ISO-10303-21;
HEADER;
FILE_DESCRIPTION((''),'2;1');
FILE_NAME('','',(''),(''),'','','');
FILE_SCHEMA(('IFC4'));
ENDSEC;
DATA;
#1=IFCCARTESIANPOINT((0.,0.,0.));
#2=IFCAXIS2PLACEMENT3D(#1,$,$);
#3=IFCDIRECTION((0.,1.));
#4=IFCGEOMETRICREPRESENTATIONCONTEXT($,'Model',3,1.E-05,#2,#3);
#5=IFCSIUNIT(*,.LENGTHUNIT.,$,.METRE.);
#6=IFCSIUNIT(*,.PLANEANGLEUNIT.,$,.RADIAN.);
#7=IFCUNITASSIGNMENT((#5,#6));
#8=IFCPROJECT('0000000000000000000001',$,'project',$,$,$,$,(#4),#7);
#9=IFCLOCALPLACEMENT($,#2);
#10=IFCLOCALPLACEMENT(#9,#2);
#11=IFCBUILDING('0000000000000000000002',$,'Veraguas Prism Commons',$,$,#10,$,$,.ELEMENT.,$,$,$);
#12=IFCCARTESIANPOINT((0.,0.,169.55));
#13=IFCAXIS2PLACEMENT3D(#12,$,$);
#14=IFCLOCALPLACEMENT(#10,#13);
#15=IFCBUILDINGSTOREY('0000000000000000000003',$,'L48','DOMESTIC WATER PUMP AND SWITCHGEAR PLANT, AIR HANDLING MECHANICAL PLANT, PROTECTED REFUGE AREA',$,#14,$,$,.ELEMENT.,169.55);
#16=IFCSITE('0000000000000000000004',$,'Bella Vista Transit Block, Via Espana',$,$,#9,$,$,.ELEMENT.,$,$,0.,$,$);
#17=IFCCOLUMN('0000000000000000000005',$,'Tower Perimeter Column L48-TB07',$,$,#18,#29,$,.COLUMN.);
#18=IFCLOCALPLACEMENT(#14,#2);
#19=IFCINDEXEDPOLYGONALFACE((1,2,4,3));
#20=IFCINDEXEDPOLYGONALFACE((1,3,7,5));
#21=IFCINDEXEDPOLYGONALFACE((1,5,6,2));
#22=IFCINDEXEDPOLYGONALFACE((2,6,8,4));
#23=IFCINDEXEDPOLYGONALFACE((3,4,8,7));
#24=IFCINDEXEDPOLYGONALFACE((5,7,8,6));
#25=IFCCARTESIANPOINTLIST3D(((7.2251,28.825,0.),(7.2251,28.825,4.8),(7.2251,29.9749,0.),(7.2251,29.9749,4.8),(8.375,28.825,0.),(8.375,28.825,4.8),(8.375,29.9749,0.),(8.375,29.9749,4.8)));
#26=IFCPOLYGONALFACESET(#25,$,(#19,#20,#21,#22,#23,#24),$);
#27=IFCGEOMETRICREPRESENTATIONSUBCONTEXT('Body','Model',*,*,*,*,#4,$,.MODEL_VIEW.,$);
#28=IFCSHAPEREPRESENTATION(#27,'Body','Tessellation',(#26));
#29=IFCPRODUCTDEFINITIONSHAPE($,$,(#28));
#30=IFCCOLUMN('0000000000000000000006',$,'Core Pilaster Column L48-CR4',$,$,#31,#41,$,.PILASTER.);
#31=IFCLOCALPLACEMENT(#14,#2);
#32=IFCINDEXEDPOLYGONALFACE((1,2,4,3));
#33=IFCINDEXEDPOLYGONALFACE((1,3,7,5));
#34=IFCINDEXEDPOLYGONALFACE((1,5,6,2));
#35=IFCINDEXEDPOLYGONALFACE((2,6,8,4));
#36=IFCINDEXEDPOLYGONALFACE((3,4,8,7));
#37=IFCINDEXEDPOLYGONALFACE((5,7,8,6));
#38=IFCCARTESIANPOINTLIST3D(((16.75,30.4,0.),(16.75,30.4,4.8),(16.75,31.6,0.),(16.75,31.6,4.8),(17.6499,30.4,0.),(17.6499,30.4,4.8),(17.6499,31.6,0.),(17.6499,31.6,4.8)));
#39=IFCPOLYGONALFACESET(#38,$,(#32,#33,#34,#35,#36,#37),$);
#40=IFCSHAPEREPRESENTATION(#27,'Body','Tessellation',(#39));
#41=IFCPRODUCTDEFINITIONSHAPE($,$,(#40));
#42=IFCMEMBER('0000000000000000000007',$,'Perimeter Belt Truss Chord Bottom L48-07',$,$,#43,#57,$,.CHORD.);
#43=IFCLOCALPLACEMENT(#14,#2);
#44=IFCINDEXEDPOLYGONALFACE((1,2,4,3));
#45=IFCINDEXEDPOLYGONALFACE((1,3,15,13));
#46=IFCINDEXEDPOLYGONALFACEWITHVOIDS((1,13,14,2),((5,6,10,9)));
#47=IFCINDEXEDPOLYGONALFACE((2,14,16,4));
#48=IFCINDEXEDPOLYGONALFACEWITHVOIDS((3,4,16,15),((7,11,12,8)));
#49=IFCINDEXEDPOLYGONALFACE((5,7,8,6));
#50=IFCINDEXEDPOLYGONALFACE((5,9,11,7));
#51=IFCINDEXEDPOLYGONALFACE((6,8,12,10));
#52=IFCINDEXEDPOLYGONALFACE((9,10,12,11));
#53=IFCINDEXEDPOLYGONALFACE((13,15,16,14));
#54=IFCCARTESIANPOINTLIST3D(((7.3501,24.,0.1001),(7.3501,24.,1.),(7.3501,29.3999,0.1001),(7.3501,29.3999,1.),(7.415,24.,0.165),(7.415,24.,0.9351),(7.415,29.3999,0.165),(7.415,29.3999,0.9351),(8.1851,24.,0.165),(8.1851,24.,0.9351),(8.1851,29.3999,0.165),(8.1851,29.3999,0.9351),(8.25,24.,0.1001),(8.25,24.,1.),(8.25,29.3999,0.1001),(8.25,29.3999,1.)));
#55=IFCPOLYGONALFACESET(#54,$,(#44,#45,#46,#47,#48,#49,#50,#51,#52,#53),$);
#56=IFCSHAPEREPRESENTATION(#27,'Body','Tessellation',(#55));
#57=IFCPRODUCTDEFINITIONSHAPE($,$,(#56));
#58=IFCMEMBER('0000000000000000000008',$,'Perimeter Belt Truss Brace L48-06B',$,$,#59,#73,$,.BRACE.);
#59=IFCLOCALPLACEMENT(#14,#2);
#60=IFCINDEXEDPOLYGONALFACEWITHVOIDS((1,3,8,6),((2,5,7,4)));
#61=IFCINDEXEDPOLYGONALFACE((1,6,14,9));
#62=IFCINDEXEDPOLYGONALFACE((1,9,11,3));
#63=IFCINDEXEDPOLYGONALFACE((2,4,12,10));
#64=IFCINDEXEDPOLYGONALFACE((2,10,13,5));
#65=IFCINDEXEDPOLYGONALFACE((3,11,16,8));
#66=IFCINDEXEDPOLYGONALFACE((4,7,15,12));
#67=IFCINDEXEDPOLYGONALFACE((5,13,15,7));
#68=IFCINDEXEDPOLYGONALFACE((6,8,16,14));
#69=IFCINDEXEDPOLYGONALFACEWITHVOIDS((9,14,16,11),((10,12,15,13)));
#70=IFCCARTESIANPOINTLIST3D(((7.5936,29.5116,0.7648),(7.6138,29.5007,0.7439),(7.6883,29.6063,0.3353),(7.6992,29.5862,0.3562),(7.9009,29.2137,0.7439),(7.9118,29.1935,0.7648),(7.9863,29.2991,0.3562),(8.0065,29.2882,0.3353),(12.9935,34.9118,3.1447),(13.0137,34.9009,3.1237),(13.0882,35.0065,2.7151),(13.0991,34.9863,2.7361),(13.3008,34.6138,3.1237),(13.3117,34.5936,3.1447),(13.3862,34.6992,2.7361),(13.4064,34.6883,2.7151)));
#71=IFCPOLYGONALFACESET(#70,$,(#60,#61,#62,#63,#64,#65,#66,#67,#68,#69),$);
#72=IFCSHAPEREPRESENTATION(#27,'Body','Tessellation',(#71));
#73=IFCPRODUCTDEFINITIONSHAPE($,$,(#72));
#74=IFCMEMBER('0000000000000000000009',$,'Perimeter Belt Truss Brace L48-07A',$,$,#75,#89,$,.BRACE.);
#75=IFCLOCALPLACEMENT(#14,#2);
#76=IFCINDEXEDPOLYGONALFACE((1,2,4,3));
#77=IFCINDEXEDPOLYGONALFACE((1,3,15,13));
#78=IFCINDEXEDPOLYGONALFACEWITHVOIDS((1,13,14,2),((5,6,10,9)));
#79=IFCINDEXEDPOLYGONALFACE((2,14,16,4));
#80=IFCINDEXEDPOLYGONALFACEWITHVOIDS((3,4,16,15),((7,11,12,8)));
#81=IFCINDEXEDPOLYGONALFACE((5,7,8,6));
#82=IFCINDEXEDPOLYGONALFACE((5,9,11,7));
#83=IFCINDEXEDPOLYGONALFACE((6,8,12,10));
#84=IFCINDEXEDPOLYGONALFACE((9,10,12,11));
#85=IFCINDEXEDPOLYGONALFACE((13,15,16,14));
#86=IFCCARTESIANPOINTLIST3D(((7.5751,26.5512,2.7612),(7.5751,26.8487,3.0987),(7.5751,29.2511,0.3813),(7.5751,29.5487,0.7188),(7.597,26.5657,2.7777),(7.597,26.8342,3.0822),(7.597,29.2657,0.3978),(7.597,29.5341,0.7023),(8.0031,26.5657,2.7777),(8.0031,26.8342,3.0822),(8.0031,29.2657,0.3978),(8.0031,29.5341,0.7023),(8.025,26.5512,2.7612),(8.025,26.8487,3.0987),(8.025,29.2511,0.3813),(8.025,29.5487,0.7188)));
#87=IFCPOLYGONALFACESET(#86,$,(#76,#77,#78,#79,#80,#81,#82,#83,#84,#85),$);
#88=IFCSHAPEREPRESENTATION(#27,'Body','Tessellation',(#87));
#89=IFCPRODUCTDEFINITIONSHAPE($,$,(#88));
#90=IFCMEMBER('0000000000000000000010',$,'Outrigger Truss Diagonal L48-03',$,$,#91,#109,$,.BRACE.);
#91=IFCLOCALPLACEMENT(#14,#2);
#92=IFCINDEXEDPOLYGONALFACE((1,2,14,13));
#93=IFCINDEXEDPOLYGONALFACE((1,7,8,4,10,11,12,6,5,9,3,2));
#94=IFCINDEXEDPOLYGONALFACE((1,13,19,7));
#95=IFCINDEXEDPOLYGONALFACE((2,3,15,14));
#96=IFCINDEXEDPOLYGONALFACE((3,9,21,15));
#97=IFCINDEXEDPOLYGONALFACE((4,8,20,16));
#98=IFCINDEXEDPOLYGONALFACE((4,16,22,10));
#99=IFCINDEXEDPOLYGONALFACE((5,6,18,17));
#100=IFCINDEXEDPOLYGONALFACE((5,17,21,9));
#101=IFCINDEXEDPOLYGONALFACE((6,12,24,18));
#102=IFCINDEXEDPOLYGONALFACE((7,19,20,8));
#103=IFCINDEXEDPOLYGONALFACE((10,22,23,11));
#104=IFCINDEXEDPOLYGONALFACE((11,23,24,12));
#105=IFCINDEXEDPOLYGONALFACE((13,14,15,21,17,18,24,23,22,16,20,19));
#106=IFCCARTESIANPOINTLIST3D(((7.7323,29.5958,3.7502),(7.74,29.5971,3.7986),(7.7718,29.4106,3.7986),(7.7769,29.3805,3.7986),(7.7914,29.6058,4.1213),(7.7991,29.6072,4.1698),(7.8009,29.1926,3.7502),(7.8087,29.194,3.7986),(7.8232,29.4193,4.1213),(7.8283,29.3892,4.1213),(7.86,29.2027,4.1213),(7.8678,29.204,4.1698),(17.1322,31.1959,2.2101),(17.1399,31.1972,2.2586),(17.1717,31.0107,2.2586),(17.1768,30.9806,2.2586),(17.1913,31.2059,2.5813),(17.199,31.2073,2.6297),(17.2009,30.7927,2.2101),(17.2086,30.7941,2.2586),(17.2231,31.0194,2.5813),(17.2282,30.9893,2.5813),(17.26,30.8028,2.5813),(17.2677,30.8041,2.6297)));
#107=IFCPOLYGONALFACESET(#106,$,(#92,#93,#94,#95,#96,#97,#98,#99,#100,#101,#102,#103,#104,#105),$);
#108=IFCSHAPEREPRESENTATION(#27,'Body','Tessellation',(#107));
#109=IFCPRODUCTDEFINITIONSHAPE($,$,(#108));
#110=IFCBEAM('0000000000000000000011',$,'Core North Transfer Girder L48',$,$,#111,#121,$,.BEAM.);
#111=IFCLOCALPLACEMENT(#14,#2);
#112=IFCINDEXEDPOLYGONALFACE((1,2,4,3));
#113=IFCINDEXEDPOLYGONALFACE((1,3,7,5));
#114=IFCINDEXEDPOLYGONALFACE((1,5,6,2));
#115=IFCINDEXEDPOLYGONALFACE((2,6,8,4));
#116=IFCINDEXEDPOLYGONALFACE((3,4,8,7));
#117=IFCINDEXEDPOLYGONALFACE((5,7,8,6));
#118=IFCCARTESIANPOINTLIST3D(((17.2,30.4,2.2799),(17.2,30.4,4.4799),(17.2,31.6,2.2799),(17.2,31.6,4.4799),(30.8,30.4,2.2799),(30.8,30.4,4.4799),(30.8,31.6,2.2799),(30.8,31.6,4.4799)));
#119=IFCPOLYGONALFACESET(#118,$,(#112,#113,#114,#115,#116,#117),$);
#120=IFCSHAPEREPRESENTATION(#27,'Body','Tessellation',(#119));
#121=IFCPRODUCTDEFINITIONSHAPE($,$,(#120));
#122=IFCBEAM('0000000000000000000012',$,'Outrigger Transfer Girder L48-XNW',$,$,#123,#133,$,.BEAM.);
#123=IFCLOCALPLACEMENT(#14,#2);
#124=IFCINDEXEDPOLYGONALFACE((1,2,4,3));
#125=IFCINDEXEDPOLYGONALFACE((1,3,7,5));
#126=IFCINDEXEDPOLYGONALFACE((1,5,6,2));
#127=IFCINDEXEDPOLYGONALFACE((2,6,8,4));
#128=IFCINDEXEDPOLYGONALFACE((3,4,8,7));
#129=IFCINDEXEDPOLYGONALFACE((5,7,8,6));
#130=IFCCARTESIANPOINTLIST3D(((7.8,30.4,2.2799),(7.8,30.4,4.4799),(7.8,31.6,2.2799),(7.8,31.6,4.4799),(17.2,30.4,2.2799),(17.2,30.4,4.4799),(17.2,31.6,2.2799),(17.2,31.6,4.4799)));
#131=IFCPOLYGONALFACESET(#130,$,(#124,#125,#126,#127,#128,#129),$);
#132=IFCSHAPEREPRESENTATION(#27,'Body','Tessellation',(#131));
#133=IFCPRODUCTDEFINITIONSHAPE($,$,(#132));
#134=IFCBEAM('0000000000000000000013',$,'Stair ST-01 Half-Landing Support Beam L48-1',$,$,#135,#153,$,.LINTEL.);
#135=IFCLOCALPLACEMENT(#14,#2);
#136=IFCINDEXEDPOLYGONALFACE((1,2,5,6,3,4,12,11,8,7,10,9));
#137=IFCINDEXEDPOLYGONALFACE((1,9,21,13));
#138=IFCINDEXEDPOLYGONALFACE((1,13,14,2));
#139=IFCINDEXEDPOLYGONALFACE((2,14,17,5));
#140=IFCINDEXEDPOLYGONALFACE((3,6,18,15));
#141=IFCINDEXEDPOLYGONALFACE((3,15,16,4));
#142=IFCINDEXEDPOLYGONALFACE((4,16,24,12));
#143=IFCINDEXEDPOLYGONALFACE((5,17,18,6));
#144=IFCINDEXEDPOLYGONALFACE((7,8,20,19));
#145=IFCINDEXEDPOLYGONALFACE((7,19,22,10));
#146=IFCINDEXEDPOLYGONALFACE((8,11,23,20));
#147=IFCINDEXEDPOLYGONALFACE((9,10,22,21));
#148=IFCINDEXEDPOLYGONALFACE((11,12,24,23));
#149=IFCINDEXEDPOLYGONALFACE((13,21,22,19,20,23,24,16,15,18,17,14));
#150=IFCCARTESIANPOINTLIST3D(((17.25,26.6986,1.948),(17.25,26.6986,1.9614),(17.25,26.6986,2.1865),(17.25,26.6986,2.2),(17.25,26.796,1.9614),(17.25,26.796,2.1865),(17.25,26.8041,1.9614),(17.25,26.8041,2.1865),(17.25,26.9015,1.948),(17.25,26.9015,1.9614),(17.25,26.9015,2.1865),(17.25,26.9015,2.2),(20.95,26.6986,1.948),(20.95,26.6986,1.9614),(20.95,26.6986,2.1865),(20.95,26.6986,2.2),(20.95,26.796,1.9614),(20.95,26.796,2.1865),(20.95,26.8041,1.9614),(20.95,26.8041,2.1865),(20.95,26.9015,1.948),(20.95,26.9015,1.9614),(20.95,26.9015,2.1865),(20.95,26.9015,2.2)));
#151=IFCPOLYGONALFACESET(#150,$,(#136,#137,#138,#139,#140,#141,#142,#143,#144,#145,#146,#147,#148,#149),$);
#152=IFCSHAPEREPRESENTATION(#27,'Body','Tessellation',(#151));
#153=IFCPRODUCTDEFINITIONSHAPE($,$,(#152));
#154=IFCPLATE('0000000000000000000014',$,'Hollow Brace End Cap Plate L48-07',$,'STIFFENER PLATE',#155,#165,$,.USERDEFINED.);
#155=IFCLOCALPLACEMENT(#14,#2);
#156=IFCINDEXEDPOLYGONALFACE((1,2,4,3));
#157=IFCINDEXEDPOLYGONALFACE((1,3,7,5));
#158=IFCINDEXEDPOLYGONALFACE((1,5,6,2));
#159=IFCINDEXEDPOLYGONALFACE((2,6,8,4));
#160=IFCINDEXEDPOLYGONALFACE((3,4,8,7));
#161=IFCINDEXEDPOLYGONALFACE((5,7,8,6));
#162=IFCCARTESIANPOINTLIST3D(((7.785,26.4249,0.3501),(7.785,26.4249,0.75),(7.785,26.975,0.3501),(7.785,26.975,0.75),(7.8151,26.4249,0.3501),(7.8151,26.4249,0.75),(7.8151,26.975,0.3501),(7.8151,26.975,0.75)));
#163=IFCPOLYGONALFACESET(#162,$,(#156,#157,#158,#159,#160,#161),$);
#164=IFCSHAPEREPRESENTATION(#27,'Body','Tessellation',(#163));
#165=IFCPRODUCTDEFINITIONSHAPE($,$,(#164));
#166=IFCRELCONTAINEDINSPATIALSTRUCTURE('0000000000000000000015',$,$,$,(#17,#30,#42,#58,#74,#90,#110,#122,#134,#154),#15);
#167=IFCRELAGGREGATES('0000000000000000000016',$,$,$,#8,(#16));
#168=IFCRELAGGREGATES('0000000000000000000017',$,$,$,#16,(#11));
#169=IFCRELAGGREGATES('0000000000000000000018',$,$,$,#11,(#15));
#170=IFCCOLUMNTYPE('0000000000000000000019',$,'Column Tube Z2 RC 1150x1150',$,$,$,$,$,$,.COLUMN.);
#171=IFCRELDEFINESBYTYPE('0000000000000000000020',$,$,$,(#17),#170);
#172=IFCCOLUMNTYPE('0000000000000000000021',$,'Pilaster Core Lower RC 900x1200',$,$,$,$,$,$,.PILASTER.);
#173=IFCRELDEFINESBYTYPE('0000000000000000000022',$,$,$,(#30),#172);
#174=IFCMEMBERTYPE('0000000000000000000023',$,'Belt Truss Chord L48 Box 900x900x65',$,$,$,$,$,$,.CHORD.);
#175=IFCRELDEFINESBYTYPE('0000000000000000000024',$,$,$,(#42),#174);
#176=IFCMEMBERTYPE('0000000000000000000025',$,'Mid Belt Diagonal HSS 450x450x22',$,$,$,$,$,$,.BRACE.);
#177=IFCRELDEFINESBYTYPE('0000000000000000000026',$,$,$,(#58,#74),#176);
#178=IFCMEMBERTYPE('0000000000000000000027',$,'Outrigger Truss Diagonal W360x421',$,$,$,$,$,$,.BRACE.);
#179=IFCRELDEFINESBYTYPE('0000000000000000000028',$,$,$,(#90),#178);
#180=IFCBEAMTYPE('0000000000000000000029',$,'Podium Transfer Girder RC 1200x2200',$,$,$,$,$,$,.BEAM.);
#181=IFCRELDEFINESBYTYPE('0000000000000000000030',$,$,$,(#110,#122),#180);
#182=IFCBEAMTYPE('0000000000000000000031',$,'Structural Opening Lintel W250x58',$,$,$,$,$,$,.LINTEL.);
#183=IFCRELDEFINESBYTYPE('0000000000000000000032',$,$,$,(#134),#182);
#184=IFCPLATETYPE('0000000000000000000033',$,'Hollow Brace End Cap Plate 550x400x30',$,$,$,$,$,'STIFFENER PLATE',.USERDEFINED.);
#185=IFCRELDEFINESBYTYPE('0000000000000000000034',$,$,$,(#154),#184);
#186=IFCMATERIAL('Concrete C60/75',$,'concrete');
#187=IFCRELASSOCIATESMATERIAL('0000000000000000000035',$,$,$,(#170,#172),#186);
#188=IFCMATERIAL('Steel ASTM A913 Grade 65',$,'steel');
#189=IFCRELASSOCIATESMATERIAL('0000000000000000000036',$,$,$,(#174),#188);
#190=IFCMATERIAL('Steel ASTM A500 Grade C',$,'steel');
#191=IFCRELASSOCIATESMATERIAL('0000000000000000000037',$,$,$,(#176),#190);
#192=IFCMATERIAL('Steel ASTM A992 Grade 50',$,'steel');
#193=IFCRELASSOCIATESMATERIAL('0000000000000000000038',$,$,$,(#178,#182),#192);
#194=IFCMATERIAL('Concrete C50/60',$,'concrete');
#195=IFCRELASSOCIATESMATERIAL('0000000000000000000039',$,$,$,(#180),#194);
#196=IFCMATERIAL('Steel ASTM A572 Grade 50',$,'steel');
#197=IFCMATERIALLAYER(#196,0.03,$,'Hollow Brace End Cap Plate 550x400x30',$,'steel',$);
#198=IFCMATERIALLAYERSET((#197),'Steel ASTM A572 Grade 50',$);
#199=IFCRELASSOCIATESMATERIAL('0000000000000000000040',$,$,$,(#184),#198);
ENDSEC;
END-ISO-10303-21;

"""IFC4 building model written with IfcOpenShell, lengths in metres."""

from ifc_helpers import new_model, si_unit, direction, frame, origin, origin_2d, place, context, subcontext, project, spatial, rectangle, hollow_rectangle, i_section, extrude, source, transform, mapped, material, layer, layer_set, material_profile, profile_set, type_object, element, save


model = new_model("IFC4")

# Units and contexts
model_context = context("Model", 3, precision=1e-05, world=origin(), true_north=direction((0.0, 1.0)))
body_context = subcontext(model_context, "Body", "Model", "MODEL_VIEW")
ifc_project = project(units=[si_unit("LENGTHUNIT", "METRE"), si_unit("PLANEANGLEUNIT", "RADIAN")], contexts=[model_context])

# Site, building, storey
site_placement = place(None, origin())
site = spatial("IfcSite", under=ifc_project, at=site_placement, Name="Bella Vista Transit Block, Via Espana", CompositionType="ELEMENT", RefElevation=0.0)
building_placement = place(site_placement, origin())
building = spatial("IfcBuilding", under=site, at=building_placement, Name="Veraguas Prism Commons", CompositionType="ELEMENT")
storey_placement = place(building_placement, frame((0.0, 0.0, 169.55)))
storey = spatial("IfcBuildingStorey", under=building, at=storey_placement, Name="L48", Description="DOMESTIC WATER PUMP AND SWITCHGEAR PLANT, AIR HANDLING MECHANICAL PLANT, PROTECTED REFUGE AREA", CompositionType="ELEMENT", Elevation=169.55)

# Columns
ifc_material_1 = material(Name="Concrete C60/75", Category="concrete")
ifc_material_profile_1 = material_profile(ifc_material_1, rectangle(XDim=1.1499, YDim=1.1499, at=origin_2d()), Name="RC1150X1150")
ifc_profile_set_1 = profile_set([ifc_material_profile_1], Name="Concrete C60/75")
column_type_1 = type_object("IfcColumnType", Name="Column Tube Z2 RC 1150x1150", PredefinedType="COLUMN", material=ifc_profile_set_1)
column_1_placement = place(storey_placement, frame((7.8, 29.3999, 0.0), z_axis=(0.0, 0.0, 1.0), x_axis=(1.0, 0.0, 0.0)))
element("IfcColumn", 1, at=column_1_placement, inside=storey, type_object=column_type_1, Name="Tower Perimeter Column L48-TB07", PredefinedType="COLUMN", context=body_context, shape_type="SweptSolid", body=[
    extrude(rectangle(XDim=1.1499, YDim=1.1499, at=origin_2d()), origin(), (0.0, 0.0, 1.0), 4.8),
])
ifc_material_profile_2 = material_profile(ifc_material_1, rectangle(XDim=0.8999, YDim=1.2, at=origin_2d()), Name="RC900X1200")
ifc_profile_set_2 = profile_set([ifc_material_profile_2], Name="Concrete C60/75")
column_type_2 = type_object("IfcColumnType", Name="Pilaster Core Lower RC 900x1200", PredefinedType="PILASTER", material=ifc_profile_set_2)
column_2_placement = place(storey_placement, frame((17.2, 31.0, 0.0), z_axis=(0.0, 0.0, 1.0), x_axis=(1.0, 0.0, 0.0)))
element("IfcColumn", 2, at=column_2_placement, inside=storey, type_object=column_type_2, Name="Core Pilaster Column L48-CR4", PredefinedType="PILASTER", context=body_context, shape_type="SweptSolid", body=[
    extrude(rectangle(XDim=0.8999, YDim=1.2, at=origin_2d()), origin(), (0.0, 0.0, 1.0), 4.8),
])

# Members
ifc_material_2 = material(Name="Steel ASTM A913 Grade 65", Category="steel")
ifc_material_profile_3 = material_profile(ifc_material_2, hollow_rectangle(XDim=0.8999, YDim=0.8999, WallThickness=0.0649, at=origin_2d()), Name="BOX900X900X65")
ifc_profile_set_3 = profile_set([ifc_material_profile_3], Name="Steel ASTM A913 Grade 65")
member_type_1 = type_object("IfcMemberType", Name="Belt Truss Chord L48 Box 900x900x65", PredefinedType="CHORD", material=ifc_profile_set_3)
member_1_placement = place(storey_placement, frame((7.8, 29.3999, 0.55), z_axis=(0.0, -1.0, 0.0), x_axis=(1.0, 0.0, 0.0)))
element("IfcMember", 3, at=member_1_placement, inside=storey, type_object=member_type_1, Name="Perimeter Belt Truss Chord Bottom L48-07", PredefinedType="CHORD", context=body_context, shape_type="SweptSolid", body=[
    extrude(hollow_rectangle(XDim=0.8999, YDim=0.8999, WallThickness=0.0649, at=origin_2d()), origin(), (0.0, 0.0, 1.0), 5.3999),
])
ifc_material_3 = material(Name="Steel ASTM A500 Grade C", Category="steel")
ifc_material_profile_4 = material_profile(ifc_material_3, hollow_rectangle(XDim=0.45, YDim=0.45, WallThickness=0.022, at=origin_2d()), Name="HSS450X450X22")
ifc_profile_set_4 = profile_set([ifc_material_profile_4], Name="Steel ASTM A500 Grade C")
member_type_2 = type_object("IfcMemberType", Name="Mid Belt Diagonal HSS 450x450x22", PredefinedType="BRACE", material=ifc_profile_set_4)
member_2_placement = place(storey_placement, frame((7.8, 29.3999, 0.55), z_axis=(0.67507, 0.675101, 0.297522), x_axis=(-0.707123, 0.707091, 0.0)))
element("IfcMember", 4, at=member_2_placement, inside=storey, type_object=member_type_2, Name="Perimeter Belt Truss Brace L48-06B", PredefinedType="BRACE", context=body_context, shape_type="SweptSolid", body=[
    extrude(hollow_rectangle(XDim=0.45, YDim=0.45, WallThickness=0.022, at=origin_2d()), origin(), (0.0, 0.0, 1.0), 7.999),
])
member_3_placement = place(storey_placement, frame((7.8, 29.3999, 0.55), z_axis=(0.0, -0.750172, 0.661242), x_axis=(1.0, 0.0, 0.0)))
element("IfcMember", 5, at=member_3_placement, inside=storey, type_object=member_type_2, Name="Perimeter Belt Truss Brace L48-07A", PredefinedType="BRACE", context=body_context, shape_type="SweptSolid", body=[
    extrude(hollow_rectangle(XDim=0.45, YDim=0.45, WallThickness=0.022, at=origin_2d()), origin(), (0.0, 0.0, 1.0), 3.5991),
])
ifc_material_4 = material(Name="Steel ASTM A992 Grade 50", Category="steel")
ifc_material_profile_5 = material_profile(ifc_material_4, i_section(OverallWidth=0.4089, OverallDepth=0.425, WebThickness=0.0305, FlangeThickness=0.0491, at=origin_2d()), Name="W360X421")
ifc_profile_set_5 = profile_set([ifc_material_profile_5], Name="Steel ASTM A992 Grade 50")
member_type_3 = type_object("IfcMemberType", Name="Outrigger Truss Diagonal W360x421", PredefinedType="BRACE", material=ifc_profile_set_5)
member_4_placement = place(storey_placement, frame((17.2, 31.0, 2.4199), z_axis=(-0.973207, -0.165664, 0.159446), x_axis=(0.167811, -0.985819, 0.0)))
element("IfcMember", 6, at=member_4_placement, inside=storey, type_object=member_type_3, Name="Outrigger Truss Diagonal L48-03", PredefinedType="BRACE", context=body_context, shape_type="SweptSolid", body=[
    extrude(i_section(OverallWidth=0.4089, OverallDepth=0.425, WebThickness=0.0305, FlangeThickness=0.0491, at=origin_2d()), origin(), (0.0, 0.0, 1.0), 9.6587),
])

# Beams
ifc_material_5 = material(Name="Concrete C50/60", Category="concrete")
ifc_material_profile_6 = material_profile(ifc_material_5, rectangle(XDim=1.2, YDim=2.2, at=origin_2d()), Name="RC1200X2200")
ifc_profile_set_6 = profile_set([ifc_material_profile_6], Name="Concrete C50/60")
beam_type_1 = type_object("IfcBeamType", Name="Podium Transfer Girder RC 1200x2200", PredefinedType="BEAM", material=ifc_profile_set_6)
beam_1_placement = place(storey_placement, frame((17.2, 31.0, 3.3799), z_axis=(1.0, 0.0, 0.0), x_axis=(0.0, 1.0, 0.0)))
element("IfcBeam", 7, at=beam_1_placement, inside=storey, type_object=beam_type_1, Name="Core North Transfer Girder L48", PredefinedType="BEAM", context=body_context, shape_type="SweptSolid", body=[
    extrude(rectangle(XDim=1.2, YDim=2.2, at=origin_2d()), origin(), (0.0, 0.0, 1.0), 13.6001),
])
beam_2_placement = place(storey_placement, frame((7.8, 31.0, 3.3799), z_axis=(1.0, 0.0, 0.0), x_axis=(0.0, 1.0, 0.0)))
element("IfcBeam", 8, at=beam_2_placement, inside=storey, type_object=beam_type_1, Name="Outrigger Transfer Girder L48-XNW", PredefinedType="BEAM", context=body_context, shape_type="SweptSolid", body=[
    extrude(rectangle(XDim=1.2, YDim=2.2, at=origin_2d()), origin(), (0.0, 0.0, 1.0), 9.3999),
])
ifc_material_profile_7 = material_profile(ifc_material_4, i_section(OverallWidth=0.2029, OverallDepth=0.252, WebThickness=0.0081, FlangeThickness=0.0134, at=origin_2d()), Name="W250X58")
ifc_profile_set_7 = profile_set([ifc_material_profile_7], Name="Steel ASTM A992 Grade 50")
beam_type_2 = type_object("IfcBeamType", Name="Structural Opening Lintel W250x58", PredefinedType="LINTEL", material=ifc_profile_set_7)
beam_3_placement = place(storey_placement, frame((17.25, 26.8, 2.074), z_axis=(1.0, 0.0, 0.0), x_axis=(0.0, 1.0, 0.0)))
element("IfcBeam", 9, at=beam_3_placement, inside=storey, type_object=beam_type_2, Name="Stair ST-01 Half-Landing Support Beam L48-1", PredefinedType="LINTEL", context=body_context, shape_type="SweptSolid", body=[
    extrude(i_section(OverallWidth=0.2029, OverallDepth=0.252, WebThickness=0.0081, FlangeThickness=0.0134, at=origin_2d()), origin(), (0.0, 0.0, 1.0), 3.7),
])

# Plate
ifc_material_6 = material(Name="Steel ASTM A572 Grade 50", Category="steel")
ifc_layer_1 = layer(ifc_material_6, 0.03, Name="Hollow Brace End Cap Plate 550x400x30", Category="steel")
ifc_layer_set_1 = layer_set([ifc_layer_1], Name="Steel ASTM A572 Grade 50")
plate_type_1 = type_object("IfcPlateType", Name="Hollow Brace End Cap Plate 550x400x30", ElementType="STIFFENER PLATE", PredefinedType="USERDEFINED", material=ifc_layer_set_1)
shared_shape_1 = source(origin(), body_context, "Body", "SweptSolid", [
    extrude(rectangle(XDim=0.55, YDim=0.03, at=origin_2d()), origin(), (0.0, 0.0, 1.0), 0.3999),
])
plate_1_placement = place(storey_placement, frame((7.8, 26.7, 0.3501), z_axis=(0.0, 0.0, 1.0), x_axis=(0.0, -1.0, 0.0)))
element("IfcPlate", 10, at=plate_1_placement, inside=storey, type_object=plate_type_1, Name="Hollow Brace End Cap Plate L48-07", ObjectType="STIFFENER PLATE", PredefinedType="USERDEFINED", context=body_context, shape_type="MappedRepresentation", body=[
    mapped(shared_shape_1, transform((0.0, 0.0, 0.0), scale=1.0)),
])

save(model, "model.ifc")
